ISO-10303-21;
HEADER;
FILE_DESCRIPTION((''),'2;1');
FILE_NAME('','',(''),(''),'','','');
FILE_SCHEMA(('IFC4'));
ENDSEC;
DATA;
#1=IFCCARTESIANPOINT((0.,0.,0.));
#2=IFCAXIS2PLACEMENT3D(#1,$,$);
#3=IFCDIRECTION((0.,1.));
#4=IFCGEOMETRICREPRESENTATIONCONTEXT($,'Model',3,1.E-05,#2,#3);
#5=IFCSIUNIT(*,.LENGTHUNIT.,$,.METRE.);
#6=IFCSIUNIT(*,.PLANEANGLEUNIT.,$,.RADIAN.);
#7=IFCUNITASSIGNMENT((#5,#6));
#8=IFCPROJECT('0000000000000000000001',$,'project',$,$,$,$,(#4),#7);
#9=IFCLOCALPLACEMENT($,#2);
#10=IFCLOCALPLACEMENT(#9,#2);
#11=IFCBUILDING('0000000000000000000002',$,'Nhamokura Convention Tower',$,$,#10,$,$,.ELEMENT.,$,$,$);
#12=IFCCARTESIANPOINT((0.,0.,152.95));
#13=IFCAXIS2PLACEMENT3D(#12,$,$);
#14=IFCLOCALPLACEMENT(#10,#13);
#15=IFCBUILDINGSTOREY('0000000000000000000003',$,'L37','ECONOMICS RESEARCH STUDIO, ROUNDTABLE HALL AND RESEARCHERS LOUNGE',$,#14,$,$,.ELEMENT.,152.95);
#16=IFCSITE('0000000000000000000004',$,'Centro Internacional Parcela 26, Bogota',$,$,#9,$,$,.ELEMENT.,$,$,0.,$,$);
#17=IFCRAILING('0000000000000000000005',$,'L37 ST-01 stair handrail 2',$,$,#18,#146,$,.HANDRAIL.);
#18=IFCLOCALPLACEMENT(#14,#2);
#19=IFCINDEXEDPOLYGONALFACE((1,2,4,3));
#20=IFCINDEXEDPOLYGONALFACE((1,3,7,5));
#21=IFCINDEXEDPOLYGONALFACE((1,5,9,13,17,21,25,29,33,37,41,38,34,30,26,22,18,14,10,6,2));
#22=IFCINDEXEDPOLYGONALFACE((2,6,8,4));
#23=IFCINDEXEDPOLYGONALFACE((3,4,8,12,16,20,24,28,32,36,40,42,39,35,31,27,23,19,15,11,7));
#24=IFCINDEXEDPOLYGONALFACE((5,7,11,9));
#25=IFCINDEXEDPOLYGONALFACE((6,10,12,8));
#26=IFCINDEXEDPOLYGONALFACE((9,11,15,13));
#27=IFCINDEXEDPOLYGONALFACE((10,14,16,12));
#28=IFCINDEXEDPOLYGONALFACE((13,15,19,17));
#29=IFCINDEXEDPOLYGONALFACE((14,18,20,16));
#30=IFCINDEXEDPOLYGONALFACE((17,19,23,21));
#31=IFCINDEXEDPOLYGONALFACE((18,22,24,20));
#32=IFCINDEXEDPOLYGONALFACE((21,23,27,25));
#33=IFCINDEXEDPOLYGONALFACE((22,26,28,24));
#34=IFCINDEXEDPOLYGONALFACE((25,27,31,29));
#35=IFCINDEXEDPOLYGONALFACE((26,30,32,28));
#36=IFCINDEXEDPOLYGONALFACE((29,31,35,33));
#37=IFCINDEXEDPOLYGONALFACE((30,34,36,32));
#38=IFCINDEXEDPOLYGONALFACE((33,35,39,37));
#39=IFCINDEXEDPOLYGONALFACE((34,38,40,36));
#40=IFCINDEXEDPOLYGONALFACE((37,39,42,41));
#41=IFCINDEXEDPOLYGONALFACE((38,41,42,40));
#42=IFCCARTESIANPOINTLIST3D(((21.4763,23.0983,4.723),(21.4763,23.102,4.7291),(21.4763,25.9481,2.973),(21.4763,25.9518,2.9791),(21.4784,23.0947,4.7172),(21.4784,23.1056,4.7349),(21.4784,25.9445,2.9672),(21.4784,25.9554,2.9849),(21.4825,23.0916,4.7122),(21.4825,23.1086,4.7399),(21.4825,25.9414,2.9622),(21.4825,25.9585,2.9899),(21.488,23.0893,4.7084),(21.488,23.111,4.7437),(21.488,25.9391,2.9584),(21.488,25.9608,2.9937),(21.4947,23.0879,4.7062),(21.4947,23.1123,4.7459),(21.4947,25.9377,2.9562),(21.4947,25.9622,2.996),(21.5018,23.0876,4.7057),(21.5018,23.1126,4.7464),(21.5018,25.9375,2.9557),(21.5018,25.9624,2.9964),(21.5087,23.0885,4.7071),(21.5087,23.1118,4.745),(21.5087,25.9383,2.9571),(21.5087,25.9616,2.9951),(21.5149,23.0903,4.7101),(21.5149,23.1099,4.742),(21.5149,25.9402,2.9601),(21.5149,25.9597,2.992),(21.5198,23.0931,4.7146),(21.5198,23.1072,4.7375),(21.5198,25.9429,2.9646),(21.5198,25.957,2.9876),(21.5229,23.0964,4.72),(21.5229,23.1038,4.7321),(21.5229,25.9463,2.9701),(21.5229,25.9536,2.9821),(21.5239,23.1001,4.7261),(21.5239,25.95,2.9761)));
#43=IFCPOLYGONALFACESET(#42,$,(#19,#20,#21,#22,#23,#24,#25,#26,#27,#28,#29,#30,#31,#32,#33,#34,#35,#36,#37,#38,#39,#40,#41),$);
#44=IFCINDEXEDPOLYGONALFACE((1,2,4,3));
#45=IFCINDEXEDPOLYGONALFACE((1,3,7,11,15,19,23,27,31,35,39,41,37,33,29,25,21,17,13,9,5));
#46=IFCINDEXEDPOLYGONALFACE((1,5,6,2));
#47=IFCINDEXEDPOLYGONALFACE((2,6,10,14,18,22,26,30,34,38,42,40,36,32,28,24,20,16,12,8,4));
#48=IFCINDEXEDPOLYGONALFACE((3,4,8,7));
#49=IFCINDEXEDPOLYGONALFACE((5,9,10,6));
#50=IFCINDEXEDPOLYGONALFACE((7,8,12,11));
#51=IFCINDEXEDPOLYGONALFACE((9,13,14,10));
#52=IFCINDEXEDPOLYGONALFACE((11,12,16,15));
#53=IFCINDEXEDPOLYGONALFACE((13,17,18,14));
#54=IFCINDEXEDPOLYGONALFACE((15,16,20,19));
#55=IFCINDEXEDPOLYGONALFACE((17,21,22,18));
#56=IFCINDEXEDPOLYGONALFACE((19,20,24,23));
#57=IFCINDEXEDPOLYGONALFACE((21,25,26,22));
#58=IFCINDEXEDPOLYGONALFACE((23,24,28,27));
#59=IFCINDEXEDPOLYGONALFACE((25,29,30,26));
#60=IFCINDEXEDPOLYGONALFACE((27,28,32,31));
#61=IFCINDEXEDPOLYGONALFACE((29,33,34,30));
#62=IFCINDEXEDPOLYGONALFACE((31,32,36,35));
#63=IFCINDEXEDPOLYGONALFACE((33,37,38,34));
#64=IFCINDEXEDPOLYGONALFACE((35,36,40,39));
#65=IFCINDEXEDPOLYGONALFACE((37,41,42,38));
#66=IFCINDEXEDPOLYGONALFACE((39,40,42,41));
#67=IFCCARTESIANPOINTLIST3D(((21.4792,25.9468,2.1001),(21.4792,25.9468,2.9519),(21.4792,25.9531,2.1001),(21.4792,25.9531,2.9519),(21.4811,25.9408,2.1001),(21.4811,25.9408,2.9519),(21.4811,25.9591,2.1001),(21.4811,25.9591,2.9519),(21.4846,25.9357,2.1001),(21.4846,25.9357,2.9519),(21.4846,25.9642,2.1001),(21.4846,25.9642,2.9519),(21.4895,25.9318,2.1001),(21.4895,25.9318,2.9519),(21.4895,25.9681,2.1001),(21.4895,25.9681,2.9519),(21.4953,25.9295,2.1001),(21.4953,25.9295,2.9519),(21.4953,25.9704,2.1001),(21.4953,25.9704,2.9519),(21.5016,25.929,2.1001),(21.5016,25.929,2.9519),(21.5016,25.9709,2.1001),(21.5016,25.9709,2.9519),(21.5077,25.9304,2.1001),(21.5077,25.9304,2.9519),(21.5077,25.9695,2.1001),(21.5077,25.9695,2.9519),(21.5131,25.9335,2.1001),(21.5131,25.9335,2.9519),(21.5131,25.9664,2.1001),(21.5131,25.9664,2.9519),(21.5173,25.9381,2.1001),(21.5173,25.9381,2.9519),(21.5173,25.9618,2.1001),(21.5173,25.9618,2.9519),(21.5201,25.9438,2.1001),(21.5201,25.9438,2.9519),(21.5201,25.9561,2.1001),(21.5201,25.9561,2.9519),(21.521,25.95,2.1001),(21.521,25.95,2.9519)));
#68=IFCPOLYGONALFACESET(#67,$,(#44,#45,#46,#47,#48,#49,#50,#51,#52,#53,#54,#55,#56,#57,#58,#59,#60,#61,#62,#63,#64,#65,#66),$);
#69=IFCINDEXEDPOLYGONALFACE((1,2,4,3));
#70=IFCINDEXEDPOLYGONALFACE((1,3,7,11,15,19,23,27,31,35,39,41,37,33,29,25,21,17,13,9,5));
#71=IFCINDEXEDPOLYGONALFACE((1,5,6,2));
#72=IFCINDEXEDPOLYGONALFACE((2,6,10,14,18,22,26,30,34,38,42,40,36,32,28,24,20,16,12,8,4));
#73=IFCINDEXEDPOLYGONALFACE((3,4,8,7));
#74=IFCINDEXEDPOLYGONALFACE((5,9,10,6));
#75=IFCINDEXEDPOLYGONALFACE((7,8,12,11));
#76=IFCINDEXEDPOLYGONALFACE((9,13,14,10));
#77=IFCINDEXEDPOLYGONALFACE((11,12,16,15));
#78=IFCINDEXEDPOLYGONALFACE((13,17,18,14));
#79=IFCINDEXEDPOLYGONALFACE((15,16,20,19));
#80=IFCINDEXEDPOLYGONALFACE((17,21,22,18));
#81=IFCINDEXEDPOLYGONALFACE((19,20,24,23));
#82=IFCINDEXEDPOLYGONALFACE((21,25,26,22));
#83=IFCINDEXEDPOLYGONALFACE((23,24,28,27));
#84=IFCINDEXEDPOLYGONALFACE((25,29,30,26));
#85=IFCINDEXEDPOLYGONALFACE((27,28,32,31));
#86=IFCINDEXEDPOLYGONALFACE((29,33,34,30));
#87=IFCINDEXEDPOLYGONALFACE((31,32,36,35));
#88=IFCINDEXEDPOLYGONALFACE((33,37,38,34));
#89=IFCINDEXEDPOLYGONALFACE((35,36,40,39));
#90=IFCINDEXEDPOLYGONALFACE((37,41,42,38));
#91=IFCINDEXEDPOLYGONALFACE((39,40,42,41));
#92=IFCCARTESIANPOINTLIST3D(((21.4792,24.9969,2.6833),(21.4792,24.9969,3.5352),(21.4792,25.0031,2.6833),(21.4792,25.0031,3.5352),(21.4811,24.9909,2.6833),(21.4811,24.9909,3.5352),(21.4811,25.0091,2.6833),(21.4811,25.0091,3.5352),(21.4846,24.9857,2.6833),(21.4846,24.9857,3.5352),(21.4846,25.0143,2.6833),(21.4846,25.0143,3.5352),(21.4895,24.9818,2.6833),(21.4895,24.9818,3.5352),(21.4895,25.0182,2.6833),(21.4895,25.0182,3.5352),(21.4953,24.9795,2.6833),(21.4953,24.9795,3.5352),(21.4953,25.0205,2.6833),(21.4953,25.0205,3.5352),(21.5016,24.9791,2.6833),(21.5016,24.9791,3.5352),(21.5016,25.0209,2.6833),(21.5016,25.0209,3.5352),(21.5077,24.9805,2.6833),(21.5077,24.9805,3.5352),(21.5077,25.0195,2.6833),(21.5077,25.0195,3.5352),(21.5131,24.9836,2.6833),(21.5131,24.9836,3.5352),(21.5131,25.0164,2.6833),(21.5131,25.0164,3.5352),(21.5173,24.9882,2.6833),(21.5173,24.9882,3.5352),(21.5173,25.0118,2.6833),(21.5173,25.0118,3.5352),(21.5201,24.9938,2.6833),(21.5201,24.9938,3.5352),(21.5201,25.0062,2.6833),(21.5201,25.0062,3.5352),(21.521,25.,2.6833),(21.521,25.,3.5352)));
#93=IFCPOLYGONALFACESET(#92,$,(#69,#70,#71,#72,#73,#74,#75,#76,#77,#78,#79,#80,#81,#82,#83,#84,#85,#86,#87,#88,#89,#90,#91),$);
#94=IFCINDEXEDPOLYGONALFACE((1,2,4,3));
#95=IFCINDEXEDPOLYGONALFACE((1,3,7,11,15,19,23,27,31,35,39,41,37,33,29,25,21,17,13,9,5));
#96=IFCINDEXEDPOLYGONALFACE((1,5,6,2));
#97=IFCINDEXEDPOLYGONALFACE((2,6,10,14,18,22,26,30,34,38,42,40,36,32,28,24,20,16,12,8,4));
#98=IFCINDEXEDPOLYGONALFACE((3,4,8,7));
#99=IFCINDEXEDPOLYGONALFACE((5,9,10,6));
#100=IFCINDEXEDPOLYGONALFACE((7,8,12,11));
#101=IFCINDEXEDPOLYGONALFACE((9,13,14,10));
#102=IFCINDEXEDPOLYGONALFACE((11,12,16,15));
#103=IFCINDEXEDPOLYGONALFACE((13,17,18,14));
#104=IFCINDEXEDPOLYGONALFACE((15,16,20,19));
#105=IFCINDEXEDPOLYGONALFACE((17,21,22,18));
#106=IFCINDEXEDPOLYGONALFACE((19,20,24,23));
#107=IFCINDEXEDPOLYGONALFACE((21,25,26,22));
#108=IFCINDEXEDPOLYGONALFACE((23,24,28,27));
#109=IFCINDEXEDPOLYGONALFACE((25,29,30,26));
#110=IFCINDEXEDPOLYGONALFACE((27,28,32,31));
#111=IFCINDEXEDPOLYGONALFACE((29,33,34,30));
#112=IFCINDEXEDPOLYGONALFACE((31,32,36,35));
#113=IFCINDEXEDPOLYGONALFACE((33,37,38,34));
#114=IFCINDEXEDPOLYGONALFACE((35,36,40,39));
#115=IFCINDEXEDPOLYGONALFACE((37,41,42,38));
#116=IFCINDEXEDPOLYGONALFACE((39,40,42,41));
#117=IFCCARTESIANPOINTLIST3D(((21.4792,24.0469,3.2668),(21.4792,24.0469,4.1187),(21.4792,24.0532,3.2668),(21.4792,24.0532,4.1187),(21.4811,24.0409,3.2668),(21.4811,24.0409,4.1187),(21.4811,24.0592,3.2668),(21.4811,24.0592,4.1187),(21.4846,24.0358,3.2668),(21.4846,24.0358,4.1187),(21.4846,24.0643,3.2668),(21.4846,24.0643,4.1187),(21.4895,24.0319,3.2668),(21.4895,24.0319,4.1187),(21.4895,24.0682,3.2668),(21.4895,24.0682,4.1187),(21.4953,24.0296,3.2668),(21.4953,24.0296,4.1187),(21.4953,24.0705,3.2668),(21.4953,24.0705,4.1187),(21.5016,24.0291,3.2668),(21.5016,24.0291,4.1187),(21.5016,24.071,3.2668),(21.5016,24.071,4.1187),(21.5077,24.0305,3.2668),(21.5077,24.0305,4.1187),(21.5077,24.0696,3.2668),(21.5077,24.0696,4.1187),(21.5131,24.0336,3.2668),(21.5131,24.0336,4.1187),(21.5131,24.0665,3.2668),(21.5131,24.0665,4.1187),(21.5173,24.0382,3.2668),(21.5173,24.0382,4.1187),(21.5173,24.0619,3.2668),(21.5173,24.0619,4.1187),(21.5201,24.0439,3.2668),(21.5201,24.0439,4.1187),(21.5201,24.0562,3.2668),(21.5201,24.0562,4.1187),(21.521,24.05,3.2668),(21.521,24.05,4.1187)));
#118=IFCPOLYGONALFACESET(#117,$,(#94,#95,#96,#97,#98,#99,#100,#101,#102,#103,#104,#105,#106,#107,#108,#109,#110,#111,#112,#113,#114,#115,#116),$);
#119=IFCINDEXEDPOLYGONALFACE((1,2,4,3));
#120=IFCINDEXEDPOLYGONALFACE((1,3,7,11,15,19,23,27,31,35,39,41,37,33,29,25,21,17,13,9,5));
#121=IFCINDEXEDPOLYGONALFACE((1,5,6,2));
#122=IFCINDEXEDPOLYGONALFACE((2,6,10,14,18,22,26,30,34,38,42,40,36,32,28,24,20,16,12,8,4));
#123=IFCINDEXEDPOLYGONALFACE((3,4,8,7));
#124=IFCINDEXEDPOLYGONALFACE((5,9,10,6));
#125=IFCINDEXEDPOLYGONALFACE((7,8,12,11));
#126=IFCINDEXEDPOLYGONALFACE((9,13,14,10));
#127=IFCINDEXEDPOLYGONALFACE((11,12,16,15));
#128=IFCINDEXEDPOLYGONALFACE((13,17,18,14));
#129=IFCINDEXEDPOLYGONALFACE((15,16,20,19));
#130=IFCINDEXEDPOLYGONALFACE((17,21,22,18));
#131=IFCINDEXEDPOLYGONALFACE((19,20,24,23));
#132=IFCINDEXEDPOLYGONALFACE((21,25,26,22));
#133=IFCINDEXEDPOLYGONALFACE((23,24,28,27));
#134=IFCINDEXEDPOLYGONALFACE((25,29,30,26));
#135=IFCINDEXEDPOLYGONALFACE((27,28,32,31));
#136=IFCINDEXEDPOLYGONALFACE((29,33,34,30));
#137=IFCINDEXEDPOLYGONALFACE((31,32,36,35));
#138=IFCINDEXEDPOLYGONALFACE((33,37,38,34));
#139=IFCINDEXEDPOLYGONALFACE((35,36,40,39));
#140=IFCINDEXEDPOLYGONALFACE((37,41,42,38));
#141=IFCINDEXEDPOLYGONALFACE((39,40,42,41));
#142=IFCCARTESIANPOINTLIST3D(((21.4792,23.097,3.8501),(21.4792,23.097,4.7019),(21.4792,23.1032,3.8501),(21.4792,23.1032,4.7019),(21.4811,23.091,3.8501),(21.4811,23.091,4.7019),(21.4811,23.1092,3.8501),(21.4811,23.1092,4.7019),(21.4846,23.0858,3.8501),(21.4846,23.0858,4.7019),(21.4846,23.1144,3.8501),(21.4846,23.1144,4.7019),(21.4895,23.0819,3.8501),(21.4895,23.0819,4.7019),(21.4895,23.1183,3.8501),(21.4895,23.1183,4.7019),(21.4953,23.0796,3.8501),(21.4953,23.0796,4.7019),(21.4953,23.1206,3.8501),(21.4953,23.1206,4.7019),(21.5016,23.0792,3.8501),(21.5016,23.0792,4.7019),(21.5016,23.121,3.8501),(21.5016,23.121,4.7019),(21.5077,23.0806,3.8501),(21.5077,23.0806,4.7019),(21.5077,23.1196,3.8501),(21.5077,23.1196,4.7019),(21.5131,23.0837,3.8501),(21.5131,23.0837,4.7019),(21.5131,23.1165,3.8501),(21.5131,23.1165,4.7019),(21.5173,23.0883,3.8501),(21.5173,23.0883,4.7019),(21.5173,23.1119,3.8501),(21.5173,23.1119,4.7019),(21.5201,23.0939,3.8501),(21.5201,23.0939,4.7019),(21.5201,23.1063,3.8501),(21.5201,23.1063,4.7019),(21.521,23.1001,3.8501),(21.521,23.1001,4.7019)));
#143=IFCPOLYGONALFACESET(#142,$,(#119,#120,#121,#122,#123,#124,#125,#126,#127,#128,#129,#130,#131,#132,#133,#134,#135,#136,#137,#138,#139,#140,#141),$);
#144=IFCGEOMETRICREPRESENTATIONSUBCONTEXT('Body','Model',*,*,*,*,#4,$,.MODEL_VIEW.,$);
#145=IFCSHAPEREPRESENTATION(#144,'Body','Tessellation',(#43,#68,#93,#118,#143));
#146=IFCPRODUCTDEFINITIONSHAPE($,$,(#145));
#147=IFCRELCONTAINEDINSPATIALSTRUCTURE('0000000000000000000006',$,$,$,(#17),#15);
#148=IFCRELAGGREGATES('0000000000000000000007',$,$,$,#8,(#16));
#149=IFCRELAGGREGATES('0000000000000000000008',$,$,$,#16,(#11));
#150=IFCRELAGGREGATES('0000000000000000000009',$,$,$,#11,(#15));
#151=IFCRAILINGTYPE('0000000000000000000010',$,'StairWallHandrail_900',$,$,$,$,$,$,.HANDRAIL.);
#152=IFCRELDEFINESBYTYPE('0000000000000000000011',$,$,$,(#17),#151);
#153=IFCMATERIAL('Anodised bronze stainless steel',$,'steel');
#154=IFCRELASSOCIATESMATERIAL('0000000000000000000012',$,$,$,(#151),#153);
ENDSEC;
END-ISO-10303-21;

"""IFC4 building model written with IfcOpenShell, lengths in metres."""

from ifc_helpers import new_model, si_unit, direction, frame, origin, origin_2d, place, context, subcontext, project, spatial, circle, extrude, material, type_object, element, save


model = new_model("IFC4")

# Units and contexts
model_context = context("Model", 3, precision=1e-05, world=origin(), true_north=direction((0.0, 1.0)))
body_context = subcontext(model_context, "Body", "Model", "MODEL_VIEW")
ifc_project = project(units=[si_unit("LENGTHUNIT", "METRE"), si_unit("PLANEANGLEUNIT", "RADIAN")], contexts=[model_context])

# Site, building, storey
site_placement = place(None, origin())
site = spatial("IfcSite", under=ifc_project, at=site_placement, Name="Centro Internacional Parcela 26, Bogota", CompositionType="ELEMENT", RefElevation=0.0)
building_placement = place(site_placement, origin())
building = spatial("IfcBuilding", under=site, at=building_placement, Name="Nhamokura Convention Tower", CompositionType="ELEMENT")
storey_placement = place(building_placement, frame((0.0, 0.0, 152.95)))
storey = spatial("IfcBuildingStorey", under=building, at=storey_placement, Name="L37", Description="ECONOMICS RESEARCH STUDIO, ROUNDTABLE HALL AND RESEARCHERS LOUNGE", CompositionType="ELEMENT", Elevation=152.95)

# Railing
ifc_material_1 = material(Name="Anodised bronze stainless steel", Category="steel")
railing_type_1 = type_object("IfcRailingType", Name="StairWallHandrail_900", PredefinedType="HANDRAIL", material=ifc_material_1)
railing_1_placement = place(storey_placement, frame((21.5, 25.95, 2.1001)))
element("IfcRailing", 1, at=railing_1_placement, inside=storey, type_object=railing_type_1, Name="L37 ST-01 stair handrail 2", PredefinedType="HANDRAIL", context=body_context, shape_type="SweptSolid", body=[
    extrude(circle(Radius=0.0239, at=origin_2d()), frame((0.0, 0.0, 0.876), z_axis=(0.0, -0.852159, 0.523283), x_axis=(1.0, 0.0, 0.0)), (0.0, 0.0, 1.0), 3.3442),
    extrude(circle(Radius=0.021, at=origin_2d()), origin(), (0.0, 0.0, 1.0), 0.8518),
    extrude(circle(Radius=0.021, at=origin_2d()), frame((0.0, -0.95, 0.5833)), (0.0, 0.0, 1.0), 0.8518),
    extrude(circle(Radius=0.021, at=origin_2d()), frame((0.0, -1.8999, 1.1667)), (0.0, 0.0, 1.0), 0.8518),
    extrude(circle(Radius=0.021, at=origin_2d()), frame((0.0, -2.8499, 1.75)), (0.0, 0.0, 1.0), 0.8518),
])

save(model, "model.ifc")
